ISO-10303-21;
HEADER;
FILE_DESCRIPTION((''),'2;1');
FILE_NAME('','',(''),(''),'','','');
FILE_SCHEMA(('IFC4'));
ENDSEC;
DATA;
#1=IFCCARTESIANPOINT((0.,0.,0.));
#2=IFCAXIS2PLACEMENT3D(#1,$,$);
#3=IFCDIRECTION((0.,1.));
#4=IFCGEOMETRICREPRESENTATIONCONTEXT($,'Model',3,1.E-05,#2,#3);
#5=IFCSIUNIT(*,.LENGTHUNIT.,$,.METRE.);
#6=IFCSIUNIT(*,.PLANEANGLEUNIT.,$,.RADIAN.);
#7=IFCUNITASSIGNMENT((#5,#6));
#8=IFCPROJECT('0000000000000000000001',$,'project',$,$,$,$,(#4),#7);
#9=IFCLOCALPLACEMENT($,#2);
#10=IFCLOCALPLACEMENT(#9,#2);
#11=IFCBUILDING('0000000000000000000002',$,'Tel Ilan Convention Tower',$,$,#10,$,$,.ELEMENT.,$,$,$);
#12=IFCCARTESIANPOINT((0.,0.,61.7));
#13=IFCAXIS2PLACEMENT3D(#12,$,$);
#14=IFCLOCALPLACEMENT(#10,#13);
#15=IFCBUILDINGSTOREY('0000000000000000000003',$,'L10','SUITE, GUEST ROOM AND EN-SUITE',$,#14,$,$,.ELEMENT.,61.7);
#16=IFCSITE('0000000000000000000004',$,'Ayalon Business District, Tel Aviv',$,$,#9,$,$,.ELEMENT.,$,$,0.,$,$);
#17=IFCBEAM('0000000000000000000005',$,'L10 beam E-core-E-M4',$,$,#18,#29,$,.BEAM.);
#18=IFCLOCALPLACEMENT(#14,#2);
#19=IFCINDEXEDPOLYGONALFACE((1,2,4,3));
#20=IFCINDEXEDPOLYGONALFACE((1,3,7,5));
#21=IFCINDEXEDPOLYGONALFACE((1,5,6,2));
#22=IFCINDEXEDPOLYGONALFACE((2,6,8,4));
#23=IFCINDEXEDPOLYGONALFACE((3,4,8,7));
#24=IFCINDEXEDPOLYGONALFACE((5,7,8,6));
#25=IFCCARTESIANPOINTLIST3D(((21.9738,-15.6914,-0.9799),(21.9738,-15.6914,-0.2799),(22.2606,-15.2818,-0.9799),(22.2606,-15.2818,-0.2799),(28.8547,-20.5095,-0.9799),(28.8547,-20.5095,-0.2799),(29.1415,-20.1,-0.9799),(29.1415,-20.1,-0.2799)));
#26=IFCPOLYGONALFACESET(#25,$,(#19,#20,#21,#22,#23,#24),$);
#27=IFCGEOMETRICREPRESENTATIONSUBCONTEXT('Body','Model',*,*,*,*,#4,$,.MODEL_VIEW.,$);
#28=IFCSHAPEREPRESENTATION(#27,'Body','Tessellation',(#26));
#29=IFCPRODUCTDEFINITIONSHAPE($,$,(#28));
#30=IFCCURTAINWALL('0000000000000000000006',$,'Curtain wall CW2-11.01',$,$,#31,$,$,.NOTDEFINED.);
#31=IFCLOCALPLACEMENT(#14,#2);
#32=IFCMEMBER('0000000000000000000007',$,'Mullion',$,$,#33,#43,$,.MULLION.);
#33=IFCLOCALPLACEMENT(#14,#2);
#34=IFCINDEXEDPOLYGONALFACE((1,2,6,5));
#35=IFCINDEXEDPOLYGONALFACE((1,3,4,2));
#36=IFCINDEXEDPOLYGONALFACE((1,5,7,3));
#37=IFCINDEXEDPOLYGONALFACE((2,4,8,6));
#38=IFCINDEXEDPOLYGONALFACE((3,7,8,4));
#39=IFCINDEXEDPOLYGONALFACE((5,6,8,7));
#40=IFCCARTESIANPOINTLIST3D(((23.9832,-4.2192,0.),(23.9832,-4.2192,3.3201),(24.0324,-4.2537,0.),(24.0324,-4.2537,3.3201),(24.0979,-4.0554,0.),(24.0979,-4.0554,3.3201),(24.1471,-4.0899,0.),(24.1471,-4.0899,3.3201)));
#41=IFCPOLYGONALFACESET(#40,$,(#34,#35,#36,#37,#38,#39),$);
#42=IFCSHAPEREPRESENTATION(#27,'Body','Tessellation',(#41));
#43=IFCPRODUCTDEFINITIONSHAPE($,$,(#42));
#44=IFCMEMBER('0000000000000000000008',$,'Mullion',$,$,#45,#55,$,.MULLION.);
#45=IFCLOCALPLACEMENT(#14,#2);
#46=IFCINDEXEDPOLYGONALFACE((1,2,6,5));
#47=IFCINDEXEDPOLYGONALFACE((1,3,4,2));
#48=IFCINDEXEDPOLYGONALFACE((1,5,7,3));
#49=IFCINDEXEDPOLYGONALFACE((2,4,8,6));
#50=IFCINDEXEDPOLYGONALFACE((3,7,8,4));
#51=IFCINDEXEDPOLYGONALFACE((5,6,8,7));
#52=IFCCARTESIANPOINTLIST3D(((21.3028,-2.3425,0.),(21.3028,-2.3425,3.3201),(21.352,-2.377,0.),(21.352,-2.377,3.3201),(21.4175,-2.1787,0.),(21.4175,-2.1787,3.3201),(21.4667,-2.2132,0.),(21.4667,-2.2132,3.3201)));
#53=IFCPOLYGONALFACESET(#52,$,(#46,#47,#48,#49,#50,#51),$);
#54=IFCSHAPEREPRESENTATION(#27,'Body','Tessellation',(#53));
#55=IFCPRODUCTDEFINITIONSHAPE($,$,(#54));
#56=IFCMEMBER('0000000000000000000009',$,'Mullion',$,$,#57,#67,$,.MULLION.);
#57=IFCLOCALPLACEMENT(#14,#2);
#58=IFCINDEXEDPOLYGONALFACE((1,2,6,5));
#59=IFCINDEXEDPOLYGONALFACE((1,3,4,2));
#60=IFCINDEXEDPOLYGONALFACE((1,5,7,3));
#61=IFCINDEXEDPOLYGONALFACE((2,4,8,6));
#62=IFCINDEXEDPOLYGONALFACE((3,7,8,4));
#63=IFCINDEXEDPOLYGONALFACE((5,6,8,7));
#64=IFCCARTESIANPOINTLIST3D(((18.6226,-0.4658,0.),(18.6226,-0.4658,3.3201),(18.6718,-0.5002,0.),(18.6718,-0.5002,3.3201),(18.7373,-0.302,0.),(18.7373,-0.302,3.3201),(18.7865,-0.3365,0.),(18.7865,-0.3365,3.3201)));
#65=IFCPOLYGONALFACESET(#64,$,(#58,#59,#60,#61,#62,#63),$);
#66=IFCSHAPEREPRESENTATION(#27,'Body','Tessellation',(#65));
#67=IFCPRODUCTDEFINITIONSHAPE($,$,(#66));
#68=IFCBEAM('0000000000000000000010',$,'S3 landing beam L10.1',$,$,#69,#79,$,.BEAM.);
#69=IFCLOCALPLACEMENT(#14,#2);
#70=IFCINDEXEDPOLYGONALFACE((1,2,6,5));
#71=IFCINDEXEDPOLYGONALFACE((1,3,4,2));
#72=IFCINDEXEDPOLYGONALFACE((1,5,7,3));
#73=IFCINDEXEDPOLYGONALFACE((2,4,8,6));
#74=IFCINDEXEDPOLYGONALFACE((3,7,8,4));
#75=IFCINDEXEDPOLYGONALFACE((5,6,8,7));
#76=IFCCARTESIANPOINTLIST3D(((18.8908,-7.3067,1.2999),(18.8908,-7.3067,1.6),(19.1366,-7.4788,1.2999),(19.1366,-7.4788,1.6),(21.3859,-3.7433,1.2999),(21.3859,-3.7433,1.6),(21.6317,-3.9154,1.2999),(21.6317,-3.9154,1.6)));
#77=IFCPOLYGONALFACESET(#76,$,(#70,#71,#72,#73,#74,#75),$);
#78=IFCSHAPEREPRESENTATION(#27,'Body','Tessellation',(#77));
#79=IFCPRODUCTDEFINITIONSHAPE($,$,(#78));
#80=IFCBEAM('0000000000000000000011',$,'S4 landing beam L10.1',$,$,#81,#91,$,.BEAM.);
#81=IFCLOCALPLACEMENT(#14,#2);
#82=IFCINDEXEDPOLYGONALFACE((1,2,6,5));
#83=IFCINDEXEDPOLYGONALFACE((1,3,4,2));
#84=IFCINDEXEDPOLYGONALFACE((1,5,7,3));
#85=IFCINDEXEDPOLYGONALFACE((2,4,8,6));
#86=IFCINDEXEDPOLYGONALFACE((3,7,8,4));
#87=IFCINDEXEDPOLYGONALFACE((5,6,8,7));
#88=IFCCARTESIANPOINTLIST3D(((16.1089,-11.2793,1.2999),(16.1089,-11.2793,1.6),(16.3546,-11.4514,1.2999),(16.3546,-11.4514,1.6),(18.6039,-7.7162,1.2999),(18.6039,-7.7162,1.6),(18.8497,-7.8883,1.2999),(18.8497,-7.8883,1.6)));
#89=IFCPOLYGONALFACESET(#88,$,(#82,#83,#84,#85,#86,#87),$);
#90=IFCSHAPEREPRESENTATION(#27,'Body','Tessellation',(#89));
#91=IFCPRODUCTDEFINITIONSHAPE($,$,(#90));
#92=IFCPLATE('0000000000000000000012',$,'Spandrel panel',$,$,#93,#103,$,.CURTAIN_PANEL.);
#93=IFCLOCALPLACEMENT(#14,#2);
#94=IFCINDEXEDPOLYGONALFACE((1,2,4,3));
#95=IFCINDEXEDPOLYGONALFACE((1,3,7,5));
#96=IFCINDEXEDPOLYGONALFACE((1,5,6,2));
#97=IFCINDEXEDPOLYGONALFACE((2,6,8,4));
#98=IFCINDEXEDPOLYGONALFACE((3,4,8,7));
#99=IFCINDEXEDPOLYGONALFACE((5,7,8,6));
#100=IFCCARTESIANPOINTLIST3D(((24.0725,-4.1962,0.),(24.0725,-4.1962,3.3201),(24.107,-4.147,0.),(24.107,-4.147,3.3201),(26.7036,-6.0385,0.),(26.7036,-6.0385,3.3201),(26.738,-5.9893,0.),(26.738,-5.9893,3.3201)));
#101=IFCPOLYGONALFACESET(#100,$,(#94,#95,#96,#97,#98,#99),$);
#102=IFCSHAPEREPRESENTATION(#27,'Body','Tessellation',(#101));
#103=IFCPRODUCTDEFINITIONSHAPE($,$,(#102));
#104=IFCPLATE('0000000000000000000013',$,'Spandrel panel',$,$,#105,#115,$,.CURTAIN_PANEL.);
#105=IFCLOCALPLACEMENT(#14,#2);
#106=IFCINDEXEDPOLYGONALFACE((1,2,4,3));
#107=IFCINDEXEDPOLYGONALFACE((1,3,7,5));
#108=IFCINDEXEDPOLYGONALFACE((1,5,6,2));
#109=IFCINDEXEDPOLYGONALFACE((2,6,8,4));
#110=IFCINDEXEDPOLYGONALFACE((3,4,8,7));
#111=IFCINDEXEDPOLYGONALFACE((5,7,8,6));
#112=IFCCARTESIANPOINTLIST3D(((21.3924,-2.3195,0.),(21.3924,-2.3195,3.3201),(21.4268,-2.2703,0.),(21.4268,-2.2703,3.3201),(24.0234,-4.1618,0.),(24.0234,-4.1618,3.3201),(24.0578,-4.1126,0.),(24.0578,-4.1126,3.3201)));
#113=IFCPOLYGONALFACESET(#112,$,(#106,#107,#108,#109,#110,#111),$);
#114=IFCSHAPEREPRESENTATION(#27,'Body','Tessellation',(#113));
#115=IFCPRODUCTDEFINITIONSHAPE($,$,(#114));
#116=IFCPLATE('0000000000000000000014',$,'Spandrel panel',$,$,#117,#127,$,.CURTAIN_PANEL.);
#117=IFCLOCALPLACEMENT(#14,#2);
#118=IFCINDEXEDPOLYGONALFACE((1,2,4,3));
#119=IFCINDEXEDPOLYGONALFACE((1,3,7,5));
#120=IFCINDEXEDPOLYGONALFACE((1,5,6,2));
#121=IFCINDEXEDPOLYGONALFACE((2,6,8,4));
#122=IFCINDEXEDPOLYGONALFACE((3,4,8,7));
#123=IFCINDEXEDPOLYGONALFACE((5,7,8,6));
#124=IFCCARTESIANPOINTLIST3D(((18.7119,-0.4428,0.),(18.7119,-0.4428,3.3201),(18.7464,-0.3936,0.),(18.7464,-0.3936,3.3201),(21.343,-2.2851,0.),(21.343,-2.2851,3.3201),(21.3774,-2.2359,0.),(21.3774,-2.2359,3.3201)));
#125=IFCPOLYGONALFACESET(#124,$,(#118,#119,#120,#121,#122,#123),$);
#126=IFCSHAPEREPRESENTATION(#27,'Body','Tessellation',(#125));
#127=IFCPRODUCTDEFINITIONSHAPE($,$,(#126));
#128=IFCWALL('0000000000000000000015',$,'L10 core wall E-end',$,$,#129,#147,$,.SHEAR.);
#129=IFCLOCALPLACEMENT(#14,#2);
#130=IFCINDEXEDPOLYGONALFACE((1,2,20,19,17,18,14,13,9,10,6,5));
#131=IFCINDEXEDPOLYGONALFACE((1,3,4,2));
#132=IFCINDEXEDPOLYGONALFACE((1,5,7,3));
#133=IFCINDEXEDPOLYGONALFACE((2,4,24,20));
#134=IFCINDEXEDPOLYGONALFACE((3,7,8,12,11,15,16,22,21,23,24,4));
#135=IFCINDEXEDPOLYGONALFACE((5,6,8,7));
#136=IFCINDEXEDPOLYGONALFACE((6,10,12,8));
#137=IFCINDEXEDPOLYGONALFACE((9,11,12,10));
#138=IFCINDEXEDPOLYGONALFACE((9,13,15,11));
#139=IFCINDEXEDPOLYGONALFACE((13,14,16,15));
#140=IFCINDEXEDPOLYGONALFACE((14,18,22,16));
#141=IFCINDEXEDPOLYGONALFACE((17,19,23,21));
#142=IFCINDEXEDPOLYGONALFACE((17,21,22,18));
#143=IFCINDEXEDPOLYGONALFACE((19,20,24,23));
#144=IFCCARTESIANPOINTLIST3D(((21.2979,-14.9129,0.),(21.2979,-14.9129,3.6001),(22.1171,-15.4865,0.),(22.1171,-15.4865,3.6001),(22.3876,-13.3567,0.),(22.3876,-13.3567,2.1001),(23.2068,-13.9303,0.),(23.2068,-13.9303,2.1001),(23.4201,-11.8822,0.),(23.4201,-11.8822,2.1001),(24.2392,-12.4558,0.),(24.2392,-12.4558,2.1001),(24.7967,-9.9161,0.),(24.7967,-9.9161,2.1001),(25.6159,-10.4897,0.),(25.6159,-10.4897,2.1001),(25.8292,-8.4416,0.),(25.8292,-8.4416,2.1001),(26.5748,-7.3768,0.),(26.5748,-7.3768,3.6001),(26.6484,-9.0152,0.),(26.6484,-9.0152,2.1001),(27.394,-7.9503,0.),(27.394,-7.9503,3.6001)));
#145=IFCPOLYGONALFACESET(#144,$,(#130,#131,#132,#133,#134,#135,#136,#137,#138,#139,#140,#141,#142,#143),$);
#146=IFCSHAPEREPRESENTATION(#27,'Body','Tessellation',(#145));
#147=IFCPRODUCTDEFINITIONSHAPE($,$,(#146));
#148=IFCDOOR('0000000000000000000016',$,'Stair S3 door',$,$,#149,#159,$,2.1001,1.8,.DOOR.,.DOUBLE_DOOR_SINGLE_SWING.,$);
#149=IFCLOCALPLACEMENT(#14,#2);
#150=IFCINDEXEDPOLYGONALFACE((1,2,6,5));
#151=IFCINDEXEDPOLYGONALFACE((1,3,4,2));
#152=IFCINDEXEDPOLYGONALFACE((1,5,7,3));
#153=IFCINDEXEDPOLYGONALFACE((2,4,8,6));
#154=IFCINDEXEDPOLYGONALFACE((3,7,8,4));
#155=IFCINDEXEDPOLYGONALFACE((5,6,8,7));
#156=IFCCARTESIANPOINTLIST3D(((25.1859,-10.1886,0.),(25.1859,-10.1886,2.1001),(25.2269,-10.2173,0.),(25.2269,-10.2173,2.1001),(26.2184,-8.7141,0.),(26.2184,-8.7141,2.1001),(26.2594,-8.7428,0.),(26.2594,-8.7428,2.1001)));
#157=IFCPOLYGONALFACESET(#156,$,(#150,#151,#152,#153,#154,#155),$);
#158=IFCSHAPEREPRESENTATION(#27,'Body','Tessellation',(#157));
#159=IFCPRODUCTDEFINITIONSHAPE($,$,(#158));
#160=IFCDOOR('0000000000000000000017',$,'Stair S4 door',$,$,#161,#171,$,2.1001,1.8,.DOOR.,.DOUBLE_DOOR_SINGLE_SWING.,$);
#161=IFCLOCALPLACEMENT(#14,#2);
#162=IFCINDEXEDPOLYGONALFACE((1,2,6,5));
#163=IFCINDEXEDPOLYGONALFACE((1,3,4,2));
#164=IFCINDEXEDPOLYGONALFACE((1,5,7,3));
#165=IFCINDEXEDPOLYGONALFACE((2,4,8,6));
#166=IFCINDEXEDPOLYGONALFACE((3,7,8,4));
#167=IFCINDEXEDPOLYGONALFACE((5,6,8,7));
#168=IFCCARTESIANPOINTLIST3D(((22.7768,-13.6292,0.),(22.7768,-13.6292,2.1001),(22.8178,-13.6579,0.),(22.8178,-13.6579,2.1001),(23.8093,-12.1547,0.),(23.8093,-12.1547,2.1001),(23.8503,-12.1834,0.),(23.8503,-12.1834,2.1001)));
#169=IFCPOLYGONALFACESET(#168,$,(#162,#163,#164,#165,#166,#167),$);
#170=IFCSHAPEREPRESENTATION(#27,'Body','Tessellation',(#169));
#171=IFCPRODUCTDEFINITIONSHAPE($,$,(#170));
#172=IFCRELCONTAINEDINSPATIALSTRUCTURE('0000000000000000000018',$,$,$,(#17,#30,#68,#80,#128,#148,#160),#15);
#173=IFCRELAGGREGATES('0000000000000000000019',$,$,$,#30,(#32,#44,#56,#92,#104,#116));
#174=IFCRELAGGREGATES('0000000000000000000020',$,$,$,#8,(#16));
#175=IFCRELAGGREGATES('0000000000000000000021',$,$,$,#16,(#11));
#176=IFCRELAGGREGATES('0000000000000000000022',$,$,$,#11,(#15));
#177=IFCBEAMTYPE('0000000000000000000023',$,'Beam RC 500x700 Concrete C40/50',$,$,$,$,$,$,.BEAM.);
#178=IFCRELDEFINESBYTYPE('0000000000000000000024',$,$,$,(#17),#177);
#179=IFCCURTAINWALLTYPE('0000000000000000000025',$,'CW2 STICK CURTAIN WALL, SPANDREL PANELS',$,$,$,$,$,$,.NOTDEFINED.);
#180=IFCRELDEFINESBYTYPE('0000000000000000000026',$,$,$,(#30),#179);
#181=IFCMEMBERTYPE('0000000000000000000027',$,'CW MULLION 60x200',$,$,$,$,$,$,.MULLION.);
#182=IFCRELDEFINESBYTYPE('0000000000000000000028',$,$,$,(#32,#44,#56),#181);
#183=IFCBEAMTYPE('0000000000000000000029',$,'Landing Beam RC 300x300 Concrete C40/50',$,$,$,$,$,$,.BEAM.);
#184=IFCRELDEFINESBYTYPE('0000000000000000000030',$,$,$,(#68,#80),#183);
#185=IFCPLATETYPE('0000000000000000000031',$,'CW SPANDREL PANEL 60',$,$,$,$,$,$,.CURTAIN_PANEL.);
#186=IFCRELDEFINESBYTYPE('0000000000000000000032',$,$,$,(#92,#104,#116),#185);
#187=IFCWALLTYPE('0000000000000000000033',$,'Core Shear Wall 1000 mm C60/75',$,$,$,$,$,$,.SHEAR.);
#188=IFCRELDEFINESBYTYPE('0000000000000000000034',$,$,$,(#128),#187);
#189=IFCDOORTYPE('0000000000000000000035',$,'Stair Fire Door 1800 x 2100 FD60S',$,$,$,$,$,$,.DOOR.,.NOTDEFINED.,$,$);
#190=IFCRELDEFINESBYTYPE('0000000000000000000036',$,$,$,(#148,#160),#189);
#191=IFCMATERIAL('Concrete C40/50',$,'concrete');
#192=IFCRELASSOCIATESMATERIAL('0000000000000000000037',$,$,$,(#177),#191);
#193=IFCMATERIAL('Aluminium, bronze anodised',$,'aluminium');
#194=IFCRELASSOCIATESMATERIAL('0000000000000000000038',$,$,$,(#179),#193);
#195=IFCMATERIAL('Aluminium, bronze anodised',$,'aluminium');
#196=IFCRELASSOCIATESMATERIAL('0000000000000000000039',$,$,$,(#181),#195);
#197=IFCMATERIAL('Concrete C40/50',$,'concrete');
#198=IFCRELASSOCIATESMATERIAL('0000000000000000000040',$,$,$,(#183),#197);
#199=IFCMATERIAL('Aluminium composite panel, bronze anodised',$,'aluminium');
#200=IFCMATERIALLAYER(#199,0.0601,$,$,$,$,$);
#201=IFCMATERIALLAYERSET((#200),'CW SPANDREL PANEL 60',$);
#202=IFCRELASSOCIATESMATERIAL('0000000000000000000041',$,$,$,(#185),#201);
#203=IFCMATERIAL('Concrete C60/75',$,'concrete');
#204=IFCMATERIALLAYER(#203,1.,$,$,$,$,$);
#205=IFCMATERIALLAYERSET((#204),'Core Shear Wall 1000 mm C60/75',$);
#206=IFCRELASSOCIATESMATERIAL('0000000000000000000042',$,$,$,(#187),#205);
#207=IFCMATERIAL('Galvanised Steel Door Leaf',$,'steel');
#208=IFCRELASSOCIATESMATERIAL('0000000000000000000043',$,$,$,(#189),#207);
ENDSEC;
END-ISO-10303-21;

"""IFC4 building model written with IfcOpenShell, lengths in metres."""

from ifc_helpers import new_model, si_unit, direction, frame, frame_2d, origin, origin_2d, place, context, subcontext, project, spatial, polyline, rectangle, outline, extrude, material, layer, layer_set, material_profile, profile_set, type_object, element, fill, aggregate, save


model = new_model("IFC4")

# Units and contexts
model_context = context("Model", 3, precision=1e-05, world=origin(), true_north=direction((0.0, 1.0)))
body_context = subcontext(model_context, "Body", "Model", "MODEL_VIEW")
ifc_project = project(units=[si_unit("LENGTHUNIT", "METRE"), si_unit("PLANEANGLEUNIT", "RADIAN")], contexts=[model_context])

# Site, building, storey
site_placement = place(None, origin())
site = spatial("IfcSite", under=ifc_project, at=site_placement, Name="Ayalon Business District, Tel Aviv", CompositionType="ELEMENT", RefElevation=0.0)
building_placement = place(site_placement, origin())
building = spatial("IfcBuilding", under=site, at=building_placement, Name="Tel Ilan Convention Tower", CompositionType="ELEMENT")
storey_placement = place(building_placement, frame((0.0, 0.0, 61.7)))
storey = spatial("IfcBuildingStorey", under=building, at=storey_placement, Name="L10", Description="SUITE, GUEST ROOM AND EN-SUITE", CompositionType="ELEMENT", Elevation=61.7)

# Beam
ifc_material_1 = material(Name="Concrete C40/50", Category="concrete")
ifc_material_profile_1 = material_profile(ifc_material_1, rectangle(XDim=0.5, YDim=0.7, at=origin_2d()), Name="RC 500x700")
ifc_profile_set_1 = profile_set([ifc_material_profile_1], Name="Concrete C40/50")
beam_type_1 = type_object("IfcBeamType", Name="Beam RC 500x700 Concrete C40/50", PredefinedType="BEAM", material=ifc_profile_set_1)
beam_1_placement = place(storey_placement, frame((22.1172, -15.4866, -0.6299), z_axis=(0.819147, -0.573583, 0.0), x_axis=(0.573583, 0.819147, 0.0)))
element("IfcBeam", 1, at=beam_1_placement, inside=storey, type_object=beam_type_1, Name="L10 beam E-core-E-M4", PredefinedType="BEAM", context=body_context, shape_type="SweptSolid", body=[
    extrude(rectangle(XDim=0.5, YDim=0.7, at=origin_2d()), origin(), (0.0, 0.0, 1.0), 8.4001),
])

# Curtain wall, members
ifc_material_2 = material(Name="Aluminium, bronze anodised", Category="aluminium")
curtain_wall_type = type_object("IfcCurtainWallType", Name="CW2 STICK CURTAIN WALL, SPANDREL PANELS", PredefinedType="NOTDEFINED", material=ifc_material_2)
curtain_wall_placement = place(storey_placement, origin())
curtain_wall = element("IfcCurtainWall", 2, at=curtain_wall_placement, inside=storey, type_object=curtain_wall_type, Name="Curtain wall CW2-11.01", PredefinedType="NOTDEFINED")
ifc_material_3 = material(Name="Aluminium, bronze anodised", Category="aluminium")
ifc_material_profile_2 = material_profile(ifc_material_3, rectangle(XDim=0.0601, YDim=0.2, at=origin_2d()), Name="CW MULLION 60x200")
ifc_profile_set_2 = profile_set([ifc_material_profile_2], Name="Aluminium, bronze anodised")
member_type = type_object("IfcMemberType", Name="CW MULLION 60x200", PredefinedType="MULLION", material=ifc_profile_set_2)
member_1_placement = place(storey_placement, frame((24.0652, -4.1545, 0.0), z_axis=(0.0, 0.0, 1.0), x_axis=(-0.819152, 0.573576, 0.0)))
member_1 = element("IfcMember", 3, at=member_1_placement, type_object=member_type, Name="Mullion", PredefinedType="MULLION", context=body_context, shape_type="SweptSolid", body=[
    extrude(rectangle(XDim=0.0601, YDim=0.2, at=origin_2d()), origin(), (0.0, 0.0, 1.0), 3.3201),
])
member_2_placement = place(storey_placement, frame((21.3848, -2.2778, 0.0), z_axis=(0.0, 0.0, 1.0), x_axis=(-0.819152, 0.573576, 0.0)))
member_2 = element("IfcMember", 4, at=member_2_placement, type_object=member_type, Name="Mullion", PredefinedType="MULLION", context=body_context, shape_type="SweptSolid", body=[
    extrude(rectangle(XDim=0.0601, YDim=0.2, at=origin_2d()), origin(), (0.0, 0.0, 1.0), 3.3201),
])
member_3_placement = place(storey_placement, frame((18.7046, -0.4011, 0.0), z_axis=(0.0, 0.0, 1.0), x_axis=(-0.819152, 0.573576, 0.0)))
member_3 = element("IfcMember", 5, at=member_3_placement, type_object=member_type, Name="Mullion", PredefinedType="MULLION", context=body_context, shape_type="SweptSolid", body=[
    extrude(rectangle(XDim=0.0601, YDim=0.2, at=origin_2d()), origin(), (0.0, 0.0, 1.0), 3.3201),
])

# Beams
ifc_material_4 = material(Name="Concrete C40/50", Category="concrete")
ifc_material_profile_3 = material_profile(ifc_material_4, rectangle(XDim=0.3, YDim=0.3, at=origin_2d()), Name="RC 300x300")
ifc_profile_set_3 = profile_set([ifc_material_profile_3], Name="Concrete C40/50")
beam_type_2 = type_object("IfcBeamType", Name="Landing Beam RC 300x300 Concrete C40/50", PredefinedType="BEAM", material=ifc_profile_set_3)
beam_2_placement = place(storey_placement, frame((21.5088, -3.8293, 1.45), z_axis=(-0.573568, -0.819158, 0.0), x_axis=(0.819158, -0.573568, 0.0)))
element("IfcBeam", 6, at=beam_2_placement, inside=storey, type_object=beam_type_2, Name="S3 landing beam L10.1", PredefinedType="BEAM", context=body_context, shape_type="SweptSolid", body=[
    extrude(rectangle(XDim=0.3, YDim=0.3, at=origin_2d()), origin(), (0.0, 0.0, 1.0), 4.3501),
])
beam_3_placement = place(storey_placement, frame((18.7268, -7.8022, 1.45), z_axis=(-0.573594, -0.81914, 0.0), x_axis=(0.81914, -0.573594, 0.0)))
element("IfcBeam", 7, at=beam_3_placement, inside=storey, type_object=beam_type_2, Name="S4 landing beam L10.1", PredefinedType="BEAM", context=body_context, shape_type="SweptSolid", body=[
    extrude(rectangle(XDim=0.3, YDim=0.3, at=origin_2d()), origin(), (0.0, 0.0, 1.0), 4.3499),
])

# Plates
ifc_material_5 = material(Name="Aluminium composite panel, bronze anodised", Category="aluminium")
ifc_layer_1 = layer(ifc_material_5, 0.0601)
ifc_layer_set_1 = layer_set([ifc_layer_1], Name="CW SPANDREL PANEL 60")
plate_type = type_object("IfcPlateType", Name="CW SPANDREL PANEL 60", PredefinedType="CURTAIN_PANEL", material=ifc_layer_set_1)
plate_1_placement = place(storey_placement, frame((25.4053, -5.0928, 0.0), z_axis=(0.0, 0.0, 1.0), x_axis=(-0.819152, 0.573576, 0.0)))
plate_1 = element("IfcPlate", 8, at=plate_1_placement, type_object=plate_type, Name="Spandrel panel", PredefinedType="CURTAIN_PANEL", context=body_context, shape_type="SweptSolid", body=[
    extrude(rectangle(XDim=3.2119, YDim=0.0601, at=origin_2d()), origin(), (0.0, 0.0, 1.0), 3.3201),
])
plate_2_placement = place(storey_placement, frame((22.7251, -3.2161, 0.0), z_axis=(0.0, 0.0, 1.0), x_axis=(-0.819152, 0.573576, 0.0)))
plate_2 = element("IfcPlate", 9, at=plate_2_placement, type_object=plate_type, Name="Spandrel panel", PredefinedType="CURTAIN_PANEL", context=body_context, shape_type="SweptSolid", body=[
    extrude(rectangle(XDim=3.2119, YDim=0.0601, at=origin_2d()), origin(), (0.0, 0.0, 1.0), 3.3201),
])
plate_3_placement = place(storey_placement, frame((20.0447, -1.3394, 0.0), z_axis=(0.0, 0.0, 1.0), x_axis=(-0.819152, 0.573576, 0.0)))
plate_3 = element("IfcPlate", 10, at=plate_3_placement, type_object=plate_type, Name="Spandrel panel", PredefinedType="CURTAIN_PANEL", context=body_context, shape_type="SweptSolid", body=[
    extrude(rectangle(XDim=3.2119, YDim=0.0601, at=origin_2d()), origin(), (0.0, 0.0, 1.0), 3.3201),
])
aggregate(curtain_wall, [member_1, member_2, member_3, plate_1, plate_2, plate_3])

# Wall, openings, doors
ifc_material_6 = material(Name="Concrete C60/75", Category="concrete")
ifc_layer_2 = layer(ifc_material_6, 1.0)
ifc_layer_set_2 = layer_set([ifc_layer_2], Name="Core Shear Wall 1000 mm C60/75")
wall_type_1 = type_object("IfcWallType", Name="Core Shear Wall 1000 mm C60/75", PredefinedType="SHEAR", material=ifc_layer_set_2)
wall_1_placement = place(storey_placement, frame((21.7075, -15.1997, 0.0), z_axis=(0.0, 0.0, 1.0), x_axis=(0.573576, 0.819152, 0.0)))
wall_1 = element("IfcWall", 11, at=wall_1_placement, inside=storey, type_object=wall_type_1, Name="L10 core wall E-end", PredefinedType="SHEAR", context=body_context, shape_type="SweptSolid", body=[
    extrude(outline(polyline([(9.2, 0.5), (0.0, 0.5), (0.0, -0.5), (9.2, -0.5), (9.2, 0.5)])), origin(), (0.0, 0.0, 1.0), 3.6001),
])
opening_1_placement = place(wall_1_placement, frame((6.1001, 0.0, 0.0)))
opening_1 = element("IfcOpeningElement", 12, at=opening_1_placement, cuts=wall_1, PredefinedType="OPENING", context=body_context, shape_type="SweptSolid", body=[
    extrude(rectangle(XDim=1.8, YDim=2.1001, at=frame_2d((0.8999, 1.05))), frame((0.0, 0.51, 0.0), z_axis=(0.0, -1.0, 0.0), x_axis=(1.0, 0.0, 0.0)), (0.0, 0.0, 1.0), 1.02),
])
opening_2_placement = place(wall_1_placement, frame((1.8999, 0.0, 0.0)))
opening_2 = element("IfcOpeningElement", 13, at=opening_2_placement, cuts=wall_1, PredefinedType="OPENING", context=body_context, shape_type="SweptSolid", body=[
    extrude(rectangle(XDim=1.8, YDim=2.1001, at=frame_2d((0.8999, 1.05))), frame((0.0, 0.51, 0.0), z_axis=(0.0, -1.0, 0.0), x_axis=(1.0, 0.0, 0.0)), (0.0, 0.0, 1.0), 1.02),
])
ifc_material_7 = material(Name="Galvanised Steel Door Leaf", Category="steel")
door_type_1 = type_object("IfcDoorType", Name="Stair Fire Door 1800 x 2100 FD60S", OperationType="NOTDEFINED", PredefinedType="DOOR", material=ifc_material_7)
door_1_placement = place(opening_1_placement, origin())
door_1 = element("IfcDoor", 14, at=door_1_placement, inside=storey, type_object=door_type_1, Name="Stair S3 door", OperationType="DOUBLE_DOOR_SINGLE_SWING", OverallHeight=2.1001, OverallWidth=1.8, PredefinedType="DOOR", context=body_context, shape_type="SweptSolid", body=[
    extrude(rectangle(XDim=1.8, YDim=2.1001, at=frame_2d((0.8999, 1.05))), frame((0.0, 0.0249, 0.0), z_axis=(0.0, -1.0, 0.0), x_axis=(1.0, 0.0, 0.0)), (0.0, 0.0, 1.0), 0.05),
])
fill(opening_1, door_1)
door_2_placement = place(opening_2_placement, origin())
door_2 = element("IfcDoor", 15, at=door_2_placement, inside=storey, type_object=door_type_1, Name="Stair S4 door", OperationType="DOUBLE_DOOR_SINGLE_SWING", OverallHeight=2.1001, OverallWidth=1.8, PredefinedType="DOOR", context=body_context, shape_type="SweptSolid", body=[
    extrude(rectangle(XDim=1.8, YDim=2.1001, at=frame_2d((0.8999, 1.05))), frame((0.0, 0.0249, 0.0), z_axis=(0.0, -1.0, 0.0), x_axis=(1.0, 0.0, 0.0)), (0.0, 0.0, 1.0), 0.05),
])
fill(opening_2, door_2)

save(model, "model.ifc")
